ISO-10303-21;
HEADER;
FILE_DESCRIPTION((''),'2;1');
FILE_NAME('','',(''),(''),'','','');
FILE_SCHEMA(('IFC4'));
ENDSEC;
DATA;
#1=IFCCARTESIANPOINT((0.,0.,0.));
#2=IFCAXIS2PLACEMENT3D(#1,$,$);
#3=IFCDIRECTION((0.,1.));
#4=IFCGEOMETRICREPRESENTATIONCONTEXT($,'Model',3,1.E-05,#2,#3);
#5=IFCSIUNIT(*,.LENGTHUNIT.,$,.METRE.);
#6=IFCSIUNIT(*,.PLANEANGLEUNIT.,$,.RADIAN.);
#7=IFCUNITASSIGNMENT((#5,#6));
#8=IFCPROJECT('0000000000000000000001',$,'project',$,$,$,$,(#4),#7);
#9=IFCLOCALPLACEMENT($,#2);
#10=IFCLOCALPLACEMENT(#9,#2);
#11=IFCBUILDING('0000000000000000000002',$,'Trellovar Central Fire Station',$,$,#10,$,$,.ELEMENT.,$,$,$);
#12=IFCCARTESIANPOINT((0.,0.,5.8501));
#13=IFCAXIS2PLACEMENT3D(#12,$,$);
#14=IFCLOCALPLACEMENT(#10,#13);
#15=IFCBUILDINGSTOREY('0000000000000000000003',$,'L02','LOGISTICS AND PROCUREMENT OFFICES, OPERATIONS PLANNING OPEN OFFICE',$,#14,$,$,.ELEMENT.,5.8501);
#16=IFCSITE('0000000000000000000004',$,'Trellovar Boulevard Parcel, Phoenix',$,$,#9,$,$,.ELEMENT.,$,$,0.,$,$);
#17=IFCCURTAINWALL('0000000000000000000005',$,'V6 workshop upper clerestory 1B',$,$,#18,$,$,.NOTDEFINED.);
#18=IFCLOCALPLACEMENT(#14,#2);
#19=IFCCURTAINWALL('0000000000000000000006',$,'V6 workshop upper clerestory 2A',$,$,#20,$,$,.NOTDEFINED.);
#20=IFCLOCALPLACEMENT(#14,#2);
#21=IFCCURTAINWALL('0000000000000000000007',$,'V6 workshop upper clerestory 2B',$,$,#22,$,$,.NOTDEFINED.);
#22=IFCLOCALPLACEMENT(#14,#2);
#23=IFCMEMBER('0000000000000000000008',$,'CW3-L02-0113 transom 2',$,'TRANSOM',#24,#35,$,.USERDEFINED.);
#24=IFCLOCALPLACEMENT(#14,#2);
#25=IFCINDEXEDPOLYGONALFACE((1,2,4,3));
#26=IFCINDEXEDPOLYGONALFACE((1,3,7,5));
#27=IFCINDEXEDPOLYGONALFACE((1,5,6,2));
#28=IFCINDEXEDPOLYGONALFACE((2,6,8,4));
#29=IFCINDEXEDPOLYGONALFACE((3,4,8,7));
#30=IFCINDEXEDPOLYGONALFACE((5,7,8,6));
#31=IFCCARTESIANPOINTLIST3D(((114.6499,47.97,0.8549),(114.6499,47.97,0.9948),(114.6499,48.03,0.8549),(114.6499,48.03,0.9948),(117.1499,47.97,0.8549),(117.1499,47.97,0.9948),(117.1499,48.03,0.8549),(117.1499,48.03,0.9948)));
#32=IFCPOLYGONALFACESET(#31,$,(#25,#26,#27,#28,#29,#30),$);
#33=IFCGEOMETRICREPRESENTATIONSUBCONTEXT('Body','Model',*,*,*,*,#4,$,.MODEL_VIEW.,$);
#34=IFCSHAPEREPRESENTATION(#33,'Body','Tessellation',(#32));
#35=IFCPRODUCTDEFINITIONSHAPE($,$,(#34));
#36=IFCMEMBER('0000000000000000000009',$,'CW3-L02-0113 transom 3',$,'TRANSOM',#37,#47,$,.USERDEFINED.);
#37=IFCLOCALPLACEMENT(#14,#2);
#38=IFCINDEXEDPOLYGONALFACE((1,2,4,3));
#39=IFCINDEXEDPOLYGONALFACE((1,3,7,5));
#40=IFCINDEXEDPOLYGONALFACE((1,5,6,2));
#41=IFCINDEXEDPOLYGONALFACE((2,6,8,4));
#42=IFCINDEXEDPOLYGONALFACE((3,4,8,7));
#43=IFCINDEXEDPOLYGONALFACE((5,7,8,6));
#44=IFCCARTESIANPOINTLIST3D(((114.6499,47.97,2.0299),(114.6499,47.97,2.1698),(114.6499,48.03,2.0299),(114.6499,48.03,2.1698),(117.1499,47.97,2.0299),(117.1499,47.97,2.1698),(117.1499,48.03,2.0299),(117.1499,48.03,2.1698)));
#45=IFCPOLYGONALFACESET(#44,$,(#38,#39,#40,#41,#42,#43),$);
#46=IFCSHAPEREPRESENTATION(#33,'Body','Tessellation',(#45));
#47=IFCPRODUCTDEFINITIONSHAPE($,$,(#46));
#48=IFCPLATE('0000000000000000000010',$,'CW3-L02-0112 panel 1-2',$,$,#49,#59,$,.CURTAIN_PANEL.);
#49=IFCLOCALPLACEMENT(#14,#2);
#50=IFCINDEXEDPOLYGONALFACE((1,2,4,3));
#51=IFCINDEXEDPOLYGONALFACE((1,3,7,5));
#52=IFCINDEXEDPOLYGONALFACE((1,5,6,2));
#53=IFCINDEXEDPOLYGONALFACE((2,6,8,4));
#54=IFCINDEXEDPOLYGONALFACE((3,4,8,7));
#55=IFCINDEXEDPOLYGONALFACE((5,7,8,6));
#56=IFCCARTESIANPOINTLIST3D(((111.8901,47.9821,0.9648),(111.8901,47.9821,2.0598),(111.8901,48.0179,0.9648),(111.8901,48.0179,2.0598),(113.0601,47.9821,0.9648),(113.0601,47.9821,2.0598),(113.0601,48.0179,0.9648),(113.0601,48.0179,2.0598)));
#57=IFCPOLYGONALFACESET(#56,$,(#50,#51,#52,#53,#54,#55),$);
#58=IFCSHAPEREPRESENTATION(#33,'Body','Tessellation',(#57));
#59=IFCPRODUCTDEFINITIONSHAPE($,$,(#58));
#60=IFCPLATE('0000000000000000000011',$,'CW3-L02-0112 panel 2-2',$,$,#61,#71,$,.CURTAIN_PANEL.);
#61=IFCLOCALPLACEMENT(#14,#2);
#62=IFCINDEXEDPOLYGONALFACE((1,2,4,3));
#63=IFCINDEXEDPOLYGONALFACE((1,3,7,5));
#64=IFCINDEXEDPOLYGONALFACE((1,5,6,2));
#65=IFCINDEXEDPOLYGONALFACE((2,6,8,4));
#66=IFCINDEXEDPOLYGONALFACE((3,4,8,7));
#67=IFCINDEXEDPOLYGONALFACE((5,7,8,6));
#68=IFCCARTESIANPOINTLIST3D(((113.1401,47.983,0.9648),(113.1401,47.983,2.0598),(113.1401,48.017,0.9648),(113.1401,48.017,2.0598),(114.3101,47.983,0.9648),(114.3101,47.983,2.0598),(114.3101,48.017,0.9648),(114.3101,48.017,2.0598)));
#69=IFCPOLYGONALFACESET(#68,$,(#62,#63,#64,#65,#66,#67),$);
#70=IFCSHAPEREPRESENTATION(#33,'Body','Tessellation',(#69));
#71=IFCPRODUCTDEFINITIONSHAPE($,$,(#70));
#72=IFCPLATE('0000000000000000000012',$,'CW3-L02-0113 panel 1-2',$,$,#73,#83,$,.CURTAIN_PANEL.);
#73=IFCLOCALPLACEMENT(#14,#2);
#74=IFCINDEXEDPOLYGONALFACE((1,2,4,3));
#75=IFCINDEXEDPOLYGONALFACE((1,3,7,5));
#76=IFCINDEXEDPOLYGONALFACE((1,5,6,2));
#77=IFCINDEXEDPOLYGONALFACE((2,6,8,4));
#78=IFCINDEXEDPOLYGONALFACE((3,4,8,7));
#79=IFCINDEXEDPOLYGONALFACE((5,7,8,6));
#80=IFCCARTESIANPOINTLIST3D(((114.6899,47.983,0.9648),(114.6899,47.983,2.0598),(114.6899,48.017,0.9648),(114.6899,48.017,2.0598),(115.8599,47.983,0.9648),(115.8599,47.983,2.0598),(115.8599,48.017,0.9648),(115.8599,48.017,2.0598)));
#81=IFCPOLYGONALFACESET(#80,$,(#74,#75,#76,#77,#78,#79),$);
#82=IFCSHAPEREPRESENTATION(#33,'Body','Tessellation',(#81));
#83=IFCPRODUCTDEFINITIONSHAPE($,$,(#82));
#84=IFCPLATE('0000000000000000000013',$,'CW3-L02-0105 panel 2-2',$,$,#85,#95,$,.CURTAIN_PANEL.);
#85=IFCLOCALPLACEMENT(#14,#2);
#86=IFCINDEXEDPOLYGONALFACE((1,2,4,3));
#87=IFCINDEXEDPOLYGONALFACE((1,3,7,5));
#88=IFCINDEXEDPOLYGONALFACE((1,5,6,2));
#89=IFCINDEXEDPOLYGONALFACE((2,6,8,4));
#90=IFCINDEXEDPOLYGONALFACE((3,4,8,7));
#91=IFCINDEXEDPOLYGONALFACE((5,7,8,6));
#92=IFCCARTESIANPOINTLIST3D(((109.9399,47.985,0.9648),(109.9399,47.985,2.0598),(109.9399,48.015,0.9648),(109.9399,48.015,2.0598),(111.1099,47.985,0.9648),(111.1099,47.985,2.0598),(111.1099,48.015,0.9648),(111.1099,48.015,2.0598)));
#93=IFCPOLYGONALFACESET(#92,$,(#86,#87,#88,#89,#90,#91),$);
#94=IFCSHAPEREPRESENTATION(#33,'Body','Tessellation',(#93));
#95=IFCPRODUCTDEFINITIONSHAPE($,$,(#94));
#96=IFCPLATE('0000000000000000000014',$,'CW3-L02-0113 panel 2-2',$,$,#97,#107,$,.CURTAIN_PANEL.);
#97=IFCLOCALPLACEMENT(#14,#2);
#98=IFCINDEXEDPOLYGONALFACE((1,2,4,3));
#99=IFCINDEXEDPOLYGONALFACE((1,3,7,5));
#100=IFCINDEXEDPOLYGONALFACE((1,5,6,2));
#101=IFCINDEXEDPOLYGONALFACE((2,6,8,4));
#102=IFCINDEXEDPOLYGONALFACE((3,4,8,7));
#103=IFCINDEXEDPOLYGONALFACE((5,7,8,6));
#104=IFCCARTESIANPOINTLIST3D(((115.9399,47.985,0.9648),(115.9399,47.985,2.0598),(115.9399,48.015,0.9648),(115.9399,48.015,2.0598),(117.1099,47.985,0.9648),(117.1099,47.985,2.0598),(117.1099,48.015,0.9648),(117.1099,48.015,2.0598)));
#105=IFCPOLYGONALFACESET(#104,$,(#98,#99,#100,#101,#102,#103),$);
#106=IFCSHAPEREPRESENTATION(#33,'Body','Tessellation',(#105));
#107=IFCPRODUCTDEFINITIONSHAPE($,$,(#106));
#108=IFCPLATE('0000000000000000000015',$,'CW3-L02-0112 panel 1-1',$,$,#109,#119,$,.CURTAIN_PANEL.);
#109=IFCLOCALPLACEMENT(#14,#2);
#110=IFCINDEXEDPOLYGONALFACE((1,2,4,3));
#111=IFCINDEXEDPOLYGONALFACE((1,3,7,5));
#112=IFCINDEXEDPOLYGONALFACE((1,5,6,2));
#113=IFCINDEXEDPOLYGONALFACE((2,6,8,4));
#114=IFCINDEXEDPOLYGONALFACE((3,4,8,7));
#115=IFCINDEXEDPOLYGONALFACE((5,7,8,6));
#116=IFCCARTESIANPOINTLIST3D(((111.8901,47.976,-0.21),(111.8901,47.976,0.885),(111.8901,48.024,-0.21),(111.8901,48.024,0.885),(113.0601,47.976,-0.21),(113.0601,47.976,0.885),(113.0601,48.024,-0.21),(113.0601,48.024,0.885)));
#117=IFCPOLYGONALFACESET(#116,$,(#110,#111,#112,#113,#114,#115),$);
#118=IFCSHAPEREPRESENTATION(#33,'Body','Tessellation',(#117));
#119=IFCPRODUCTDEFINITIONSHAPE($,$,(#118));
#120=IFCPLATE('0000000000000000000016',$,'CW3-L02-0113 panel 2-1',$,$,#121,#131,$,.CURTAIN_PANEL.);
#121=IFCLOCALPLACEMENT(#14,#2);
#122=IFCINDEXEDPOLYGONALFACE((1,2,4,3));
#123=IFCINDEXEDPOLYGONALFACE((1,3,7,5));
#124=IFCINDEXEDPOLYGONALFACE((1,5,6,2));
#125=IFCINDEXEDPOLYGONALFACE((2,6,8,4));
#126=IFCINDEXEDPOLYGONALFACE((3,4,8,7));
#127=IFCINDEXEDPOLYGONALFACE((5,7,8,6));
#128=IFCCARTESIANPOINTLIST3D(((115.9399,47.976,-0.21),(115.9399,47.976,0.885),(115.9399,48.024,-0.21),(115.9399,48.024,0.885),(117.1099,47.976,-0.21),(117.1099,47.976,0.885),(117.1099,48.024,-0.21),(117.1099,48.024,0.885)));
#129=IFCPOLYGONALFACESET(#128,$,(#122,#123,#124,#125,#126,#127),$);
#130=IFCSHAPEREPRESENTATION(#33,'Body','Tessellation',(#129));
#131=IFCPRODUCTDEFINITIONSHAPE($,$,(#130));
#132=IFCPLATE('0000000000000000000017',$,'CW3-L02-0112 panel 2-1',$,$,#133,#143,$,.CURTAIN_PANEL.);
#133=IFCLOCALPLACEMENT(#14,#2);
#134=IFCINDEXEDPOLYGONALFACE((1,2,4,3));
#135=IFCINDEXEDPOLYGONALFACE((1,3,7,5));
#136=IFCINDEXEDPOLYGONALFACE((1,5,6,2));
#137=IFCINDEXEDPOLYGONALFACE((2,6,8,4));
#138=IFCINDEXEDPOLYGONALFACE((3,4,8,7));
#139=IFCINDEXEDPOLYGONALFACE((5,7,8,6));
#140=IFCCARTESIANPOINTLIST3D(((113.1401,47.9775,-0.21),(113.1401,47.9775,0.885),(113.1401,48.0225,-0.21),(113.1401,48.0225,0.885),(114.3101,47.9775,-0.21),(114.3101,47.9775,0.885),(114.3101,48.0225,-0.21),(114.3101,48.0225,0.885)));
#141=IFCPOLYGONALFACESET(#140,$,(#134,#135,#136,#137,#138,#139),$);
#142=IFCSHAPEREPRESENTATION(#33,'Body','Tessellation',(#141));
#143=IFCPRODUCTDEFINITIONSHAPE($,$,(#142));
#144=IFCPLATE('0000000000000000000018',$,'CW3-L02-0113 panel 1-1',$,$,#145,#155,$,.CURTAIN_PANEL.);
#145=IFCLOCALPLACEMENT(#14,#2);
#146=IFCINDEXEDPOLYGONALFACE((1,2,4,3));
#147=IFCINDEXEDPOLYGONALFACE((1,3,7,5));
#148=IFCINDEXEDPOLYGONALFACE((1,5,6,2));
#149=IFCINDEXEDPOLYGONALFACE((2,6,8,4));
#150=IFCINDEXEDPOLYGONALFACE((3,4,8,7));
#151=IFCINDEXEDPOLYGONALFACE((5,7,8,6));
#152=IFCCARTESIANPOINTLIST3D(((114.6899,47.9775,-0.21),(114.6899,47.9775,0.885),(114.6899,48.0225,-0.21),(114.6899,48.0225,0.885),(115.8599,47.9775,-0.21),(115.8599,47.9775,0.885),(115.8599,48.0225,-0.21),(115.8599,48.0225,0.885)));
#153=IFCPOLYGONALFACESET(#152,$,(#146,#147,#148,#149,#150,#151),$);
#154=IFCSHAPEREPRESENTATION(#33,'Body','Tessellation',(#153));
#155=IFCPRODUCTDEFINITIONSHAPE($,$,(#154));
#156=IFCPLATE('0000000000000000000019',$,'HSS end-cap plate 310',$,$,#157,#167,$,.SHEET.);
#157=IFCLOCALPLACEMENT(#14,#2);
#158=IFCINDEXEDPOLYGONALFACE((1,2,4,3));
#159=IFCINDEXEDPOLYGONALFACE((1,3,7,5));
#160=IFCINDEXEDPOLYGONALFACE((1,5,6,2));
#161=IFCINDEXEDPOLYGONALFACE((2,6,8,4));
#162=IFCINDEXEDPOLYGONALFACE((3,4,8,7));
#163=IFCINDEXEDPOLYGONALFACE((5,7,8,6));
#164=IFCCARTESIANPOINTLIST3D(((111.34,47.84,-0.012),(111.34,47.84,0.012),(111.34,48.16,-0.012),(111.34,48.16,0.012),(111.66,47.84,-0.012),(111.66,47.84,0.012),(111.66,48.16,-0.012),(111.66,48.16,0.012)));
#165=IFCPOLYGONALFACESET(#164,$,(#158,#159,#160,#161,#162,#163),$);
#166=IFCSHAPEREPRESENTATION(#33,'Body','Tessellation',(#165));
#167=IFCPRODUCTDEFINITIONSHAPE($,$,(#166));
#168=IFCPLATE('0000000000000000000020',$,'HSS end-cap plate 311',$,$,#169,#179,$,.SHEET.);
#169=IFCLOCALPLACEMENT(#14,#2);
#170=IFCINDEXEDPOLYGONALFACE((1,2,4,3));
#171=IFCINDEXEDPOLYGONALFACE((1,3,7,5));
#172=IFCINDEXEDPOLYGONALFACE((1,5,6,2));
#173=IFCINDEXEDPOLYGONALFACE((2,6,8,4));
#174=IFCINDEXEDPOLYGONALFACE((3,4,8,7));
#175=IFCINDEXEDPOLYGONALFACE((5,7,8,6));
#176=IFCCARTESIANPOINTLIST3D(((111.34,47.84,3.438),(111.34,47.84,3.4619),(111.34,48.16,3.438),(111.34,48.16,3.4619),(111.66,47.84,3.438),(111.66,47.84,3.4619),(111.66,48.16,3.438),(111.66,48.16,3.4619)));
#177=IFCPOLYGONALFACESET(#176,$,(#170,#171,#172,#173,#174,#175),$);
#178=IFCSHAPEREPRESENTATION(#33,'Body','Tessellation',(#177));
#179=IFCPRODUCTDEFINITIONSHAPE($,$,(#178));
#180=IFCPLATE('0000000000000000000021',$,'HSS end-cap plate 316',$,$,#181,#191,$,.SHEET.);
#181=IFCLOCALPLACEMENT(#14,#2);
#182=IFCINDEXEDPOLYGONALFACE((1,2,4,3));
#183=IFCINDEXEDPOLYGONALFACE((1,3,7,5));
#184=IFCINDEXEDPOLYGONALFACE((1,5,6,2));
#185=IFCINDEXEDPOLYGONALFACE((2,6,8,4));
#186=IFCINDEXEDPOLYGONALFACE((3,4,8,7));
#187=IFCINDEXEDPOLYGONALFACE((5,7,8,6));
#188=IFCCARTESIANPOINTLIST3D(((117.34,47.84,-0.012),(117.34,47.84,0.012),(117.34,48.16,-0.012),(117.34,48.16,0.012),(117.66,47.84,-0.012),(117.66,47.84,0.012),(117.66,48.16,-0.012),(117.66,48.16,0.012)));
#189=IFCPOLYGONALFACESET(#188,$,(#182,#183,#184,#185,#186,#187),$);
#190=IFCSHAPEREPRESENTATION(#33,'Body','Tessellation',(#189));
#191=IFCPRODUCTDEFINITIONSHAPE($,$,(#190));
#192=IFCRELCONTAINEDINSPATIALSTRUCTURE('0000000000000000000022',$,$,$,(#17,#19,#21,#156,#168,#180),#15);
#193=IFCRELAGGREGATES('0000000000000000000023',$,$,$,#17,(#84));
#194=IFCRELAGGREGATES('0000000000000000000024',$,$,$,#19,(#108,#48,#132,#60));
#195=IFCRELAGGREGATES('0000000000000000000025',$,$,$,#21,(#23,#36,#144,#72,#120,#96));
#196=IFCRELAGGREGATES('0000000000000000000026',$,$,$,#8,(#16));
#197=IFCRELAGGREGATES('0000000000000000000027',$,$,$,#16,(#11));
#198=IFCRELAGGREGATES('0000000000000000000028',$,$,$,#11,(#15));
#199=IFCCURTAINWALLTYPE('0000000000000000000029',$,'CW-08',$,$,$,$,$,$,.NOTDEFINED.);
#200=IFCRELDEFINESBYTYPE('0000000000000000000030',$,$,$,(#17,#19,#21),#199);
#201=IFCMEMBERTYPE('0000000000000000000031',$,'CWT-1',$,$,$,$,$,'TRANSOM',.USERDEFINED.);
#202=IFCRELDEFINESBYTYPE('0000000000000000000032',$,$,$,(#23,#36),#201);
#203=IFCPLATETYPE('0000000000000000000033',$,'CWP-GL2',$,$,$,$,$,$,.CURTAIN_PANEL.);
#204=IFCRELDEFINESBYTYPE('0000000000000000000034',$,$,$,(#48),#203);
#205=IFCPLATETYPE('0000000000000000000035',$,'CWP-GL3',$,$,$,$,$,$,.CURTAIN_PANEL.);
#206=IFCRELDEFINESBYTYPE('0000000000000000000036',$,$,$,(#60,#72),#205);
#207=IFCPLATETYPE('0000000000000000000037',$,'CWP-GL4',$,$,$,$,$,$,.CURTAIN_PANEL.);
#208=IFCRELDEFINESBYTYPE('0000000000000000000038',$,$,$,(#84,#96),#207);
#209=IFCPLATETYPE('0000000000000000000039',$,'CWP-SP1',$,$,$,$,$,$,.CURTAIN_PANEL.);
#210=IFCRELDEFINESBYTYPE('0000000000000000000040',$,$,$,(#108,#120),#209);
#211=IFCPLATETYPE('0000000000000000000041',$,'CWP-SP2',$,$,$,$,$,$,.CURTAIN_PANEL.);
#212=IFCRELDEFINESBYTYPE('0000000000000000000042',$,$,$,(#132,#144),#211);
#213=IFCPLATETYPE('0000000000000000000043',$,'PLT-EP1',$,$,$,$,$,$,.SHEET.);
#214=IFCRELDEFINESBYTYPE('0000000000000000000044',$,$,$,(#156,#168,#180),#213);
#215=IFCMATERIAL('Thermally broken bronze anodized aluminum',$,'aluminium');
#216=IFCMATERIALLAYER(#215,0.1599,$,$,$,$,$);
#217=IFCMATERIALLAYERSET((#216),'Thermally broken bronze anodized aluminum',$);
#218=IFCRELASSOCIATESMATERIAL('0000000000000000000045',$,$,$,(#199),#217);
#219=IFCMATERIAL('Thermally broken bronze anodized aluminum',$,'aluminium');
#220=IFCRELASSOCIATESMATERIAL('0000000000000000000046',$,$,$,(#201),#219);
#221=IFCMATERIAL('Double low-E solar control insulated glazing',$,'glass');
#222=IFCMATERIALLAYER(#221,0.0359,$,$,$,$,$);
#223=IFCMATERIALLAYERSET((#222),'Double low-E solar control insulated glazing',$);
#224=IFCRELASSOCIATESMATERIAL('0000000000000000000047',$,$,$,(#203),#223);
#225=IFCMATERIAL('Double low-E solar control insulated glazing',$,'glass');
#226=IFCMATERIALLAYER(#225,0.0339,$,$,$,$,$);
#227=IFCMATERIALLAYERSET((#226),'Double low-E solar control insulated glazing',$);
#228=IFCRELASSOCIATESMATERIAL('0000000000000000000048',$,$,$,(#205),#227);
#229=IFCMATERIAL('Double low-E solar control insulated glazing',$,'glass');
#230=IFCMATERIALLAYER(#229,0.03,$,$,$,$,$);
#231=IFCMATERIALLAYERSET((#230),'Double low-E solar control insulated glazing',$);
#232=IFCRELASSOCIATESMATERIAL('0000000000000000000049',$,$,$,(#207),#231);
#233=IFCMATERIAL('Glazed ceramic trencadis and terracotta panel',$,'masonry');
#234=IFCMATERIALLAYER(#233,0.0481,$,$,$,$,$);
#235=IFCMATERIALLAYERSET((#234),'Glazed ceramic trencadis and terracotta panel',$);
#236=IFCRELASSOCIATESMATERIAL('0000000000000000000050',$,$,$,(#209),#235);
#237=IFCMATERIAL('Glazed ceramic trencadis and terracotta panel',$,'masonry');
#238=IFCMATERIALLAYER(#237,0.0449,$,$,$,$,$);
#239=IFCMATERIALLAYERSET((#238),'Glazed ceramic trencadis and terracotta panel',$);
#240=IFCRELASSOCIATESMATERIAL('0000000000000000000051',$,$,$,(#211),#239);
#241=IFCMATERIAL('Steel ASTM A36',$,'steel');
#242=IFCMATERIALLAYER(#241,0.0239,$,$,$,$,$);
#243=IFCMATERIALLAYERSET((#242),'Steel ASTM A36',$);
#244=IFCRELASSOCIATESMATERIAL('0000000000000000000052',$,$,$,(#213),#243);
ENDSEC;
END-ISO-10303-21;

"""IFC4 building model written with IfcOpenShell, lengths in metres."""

from ifc_helpers import new_model, si_unit, direction, frame, origin, origin_2d, place, context, subcontext, project, spatial, rectangle, extrude, material, layer, layer_set, material_profile, profile_set, type_object, element, aggregate, save


model = new_model("IFC4")

# Units and contexts
model_context = context("Model", 3, precision=1e-05, world=origin(), true_north=direction((0.0, 1.0)))
body_context = subcontext(model_context, "Body", "Model", "MODEL_VIEW")
ifc_project = project(units=[si_unit("LENGTHUNIT", "METRE"), si_unit("PLANEANGLEUNIT", "RADIAN")], contexts=[model_context])

# Site, building, storey
site_placement = place(None, origin())
site = spatial("IfcSite", under=ifc_project, at=site_placement, Name="Trellovar Boulevard Parcel, Phoenix", CompositionType="ELEMENT", RefElevation=0.0)
building_placement = place(site_placement, origin())
building = spatial("IfcBuilding", under=site, at=building_placement, Name="Trellovar Central Fire Station", CompositionType="ELEMENT")
storey_placement = place(building_placement, frame((0.0, 0.0, 5.8501)))
storey = spatial("IfcBuildingStorey", under=building, at=storey_placement, Name="L02", Description="LOGISTICS AND PROCUREMENT OFFICES, OPERATIONS PLANNING OPEN OFFICE", CompositionType="ELEMENT", Elevation=5.8501)

# Curtain wall
ifc_material_1 = material(Name="Thermally broken bronze anodized aluminum", Category="aluminium")
ifc_layer_1 = layer(ifc_material_1, 0.1599)
ifc_layer_set_1 = layer_set([ifc_layer_1], Name="Thermally broken bronze anodized aluminum")
curtain_wall_type = type_object("IfcCurtainWallType", Name="CW-08", PredefinedType="NOTDEFINED", material=ifc_layer_set_1)
curtain_wall_1_placement = place(storey_placement, origin())
curtain_wall_1 = element("IfcCurtainWall", 1, at=curtain_wall_1_placement, inside=storey, type_object=curtain_wall_type, Name="V6 workshop upper clerestory 1B", PredefinedType="NOTDEFINED")

# Curtain walls
curtain_wall_2_placement = place(storey_placement, origin())
curtain_wall_2 = element("IfcCurtainWall", 2, at=curtain_wall_2_placement, inside=storey, type_object=curtain_wall_type, Name="V6 workshop upper clerestory 2A", PredefinedType="NOTDEFINED")
curtain_wall_3_placement = place(storey_placement, origin())
curtain_wall_3 = element("IfcCurtainWall", 3, at=curtain_wall_3_placement, inside=storey, type_object=curtain_wall_type, Name="V6 workshop upper clerestory 2B", PredefinedType="NOTDEFINED")

# Members
ifc_material_2 = material(Name="Thermally broken bronze anodized aluminum", Category="aluminium")
ifc_material_profile_1 = material_profile(ifc_material_2, rectangle(XDim=0.0601, YDim=0.1399, at=origin_2d()), Name="ALU60X140")
ifc_profile_set_1 = profile_set([ifc_material_profile_1], Name="Thermally broken bronze anodized aluminum")
member_type_1 = type_object("IfcMemberType", Name="CWT-1", ElementType="TRANSOM", PredefinedType="USERDEFINED", material=ifc_profile_set_1)
member_1_placement = place(storey_placement, frame((114.6499, 48.0, 0.9248), z_axis=(1.0, 0.0, 0.0), x_axis=(0.0, 1.0, 0.0)))
member_1 = element("IfcMember", 4, at=member_1_placement, type_object=member_type_1, Name="CW3-L02-0113 transom 2", ObjectType="TRANSOM", PredefinedType="USERDEFINED", context=body_context, shape_type="SweptSolid", body=[
    extrude(rectangle(XDim=0.0601, YDim=0.1399, at=origin_2d()), origin(), (0.0, 0.0, 1.0), 2.5),
])
member_2_placement = place(storey_placement, frame((114.6499, 48.0, 2.0999), z_axis=(1.0, 0.0, 0.0), x_axis=(0.0, 1.0, 0.0)))
member_2 = element("IfcMember", 5, at=member_2_placement, type_object=member_type_1, Name="CW3-L02-0113 transom 3", ObjectType="TRANSOM", PredefinedType="USERDEFINED", context=body_context, shape_type="SweptSolid", body=[
    extrude(rectangle(XDim=0.0601, YDim=0.1399, at=origin_2d()), origin(), (0.0, 0.0, 1.0), 2.5),
])

# Plates
ifc_material_3 = material(Name="Double low-E solar control insulated glazing", Category="glass")
ifc_layer_2 = layer(ifc_material_3, 0.0359)
ifc_layer_set_2 = layer_set([ifc_layer_2], Name="Double low-E solar control insulated glazing")
plate_type_1 = type_object("IfcPlateType", Name="CWP-GL2", PredefinedType="CURTAIN_PANEL", material=ifc_layer_set_2)
plate_1_placement = place(storey_placement, frame((112.4751, 48.0, 0.9648), z_axis=(0.0, 0.0, 1.0), x_axis=(1.0, 0.0, 0.0)))
plate_1 = element("IfcPlate", 6, at=plate_1_placement, type_object=plate_type_1, Name="CW3-L02-0112 panel 1-2", PredefinedType="CURTAIN_PANEL", context=body_context, shape_type="SweptSolid", body=[
    extrude(rectangle(XDim=1.1699, YDim=0.0359, at=origin_2d()), origin(), (0.0, 0.0, 1.0), 1.095),
])
ifc_material_4 = material(Name="Double low-E solar control insulated glazing", Category="glass")
ifc_layer_3 = layer(ifc_material_4, 0.0339)
ifc_layer_set_3 = layer_set([ifc_layer_3], Name="Double low-E solar control insulated glazing")
plate_type_2 = type_object("IfcPlateType", Name="CWP-GL3", PredefinedType="CURTAIN_PANEL", material=ifc_layer_set_3)
plate_2_placement = place(storey_placement, frame((113.7251, 48.0, 0.9648), z_axis=(0.0, 0.0, 1.0), x_axis=(1.0, 0.0, 0.0)))
plate_2 = element("IfcPlate", 7, at=plate_2_placement, type_object=plate_type_2, Name="CW3-L02-0112 panel 2-2", PredefinedType="CURTAIN_PANEL", context=body_context, shape_type="SweptSolid", body=[
    extrude(rectangle(XDim=1.1699, YDim=0.0339, at=origin_2d()), origin(), (0.0, 0.0, 1.0), 1.095),
])
plate_3_placement = place(storey_placement, frame((115.2749, 48.0, 0.9648), z_axis=(0.0, 0.0, 1.0), x_axis=(1.0, 0.0, 0.0)))
plate_3 = element("IfcPlate", 8, at=plate_3_placement, type_object=plate_type_2, Name="CW3-L02-0113 panel 1-2", PredefinedType="CURTAIN_PANEL", context=body_context, shape_type="SweptSolid", body=[
    extrude(rectangle(XDim=1.1699, YDim=0.0339, at=origin_2d()), origin(), (0.0, 0.0, 1.0), 1.095),
])
ifc_material_5 = material(Name="Double low-E solar control insulated glazing", Category="glass")
ifc_layer_4 = layer(ifc_material_5, 0.03)
ifc_layer_set_4 = layer_set([ifc_layer_4], Name="Double low-E solar control insulated glazing")
plate_type_3 = type_object("IfcPlateType", Name="CWP-GL4", PredefinedType="CURTAIN_PANEL", material=ifc_layer_set_4)
plate_4_placement = place(storey_placement, frame((110.5249, 48.0, 0.9648), z_axis=(0.0, 0.0, 1.0), x_axis=(1.0, 0.0, 0.0)))
plate_4 = element("IfcPlate", 9, at=plate_4_placement, type_object=plate_type_3, Name="CW3-L02-0105 panel 2-2", PredefinedType="CURTAIN_PANEL", context=body_context, shape_type="SweptSolid", body=[
    extrude(rectangle(XDim=1.1699, YDim=0.03, at=origin_2d()), origin(), (0.0, 0.0, 1.0), 1.095),
])
aggregate(curtain_wall_1, [plate_4])
plate_5_placement = place(storey_placement, frame((116.5249, 48.0, 0.9648), z_axis=(0.0, 0.0, 1.0), x_axis=(1.0, 0.0, 0.0)))
plate_5 = element("IfcPlate", 10, at=plate_5_placement, type_object=plate_type_3, Name="CW3-L02-0113 panel 2-2", PredefinedType="CURTAIN_PANEL", context=body_context, shape_type="SweptSolid", body=[
    extrude(rectangle(XDim=1.1699, YDim=0.03, at=origin_2d()), origin(), (0.0, 0.0, 1.0), 1.095),
])
ifc_material_6 = material(Name="Glazed ceramic trencadis and terracotta panel", Category="masonry")
ifc_layer_5 = layer(ifc_material_6, 0.0481)
ifc_layer_set_5 = layer_set([ifc_layer_5], Name="Glazed ceramic trencadis and terracotta panel")
plate_type_4 = type_object("IfcPlateType", Name="CWP-SP1", PredefinedType="CURTAIN_PANEL", material=ifc_layer_set_5)
plate_6_placement = place(storey_placement, frame((112.4751, 48.0, -0.21), z_axis=(0.0, 0.0, 1.0), x_axis=(1.0, 0.0, 0.0)))
plate_6 = element("IfcPlate", 11, at=plate_6_placement, type_object=plate_type_4, Name="CW3-L02-0112 panel 1-1", PredefinedType="CURTAIN_PANEL", context=body_context, shape_type="SweptSolid", body=[
    extrude(rectangle(XDim=1.1699, YDim=0.0481, at=origin_2d()), origin(), (0.0, 0.0, 1.0), 1.095),
])
plate_7_placement = place(storey_placement, frame((116.5249, 48.0, -0.21), z_axis=(0.0, 0.0, 1.0), x_axis=(1.0, 0.0, 0.0)))
plate_7 = element("IfcPlate", 12, at=plate_7_placement, type_object=plate_type_4, Name="CW3-L02-0113 panel 2-1", PredefinedType="CURTAIN_PANEL", context=body_context, shape_type="SweptSolid", body=[
    extrude(rectangle(XDim=1.1699, YDim=0.0481, at=origin_2d()), origin(), (0.0, 0.0, 1.0), 1.095),
])
ifc_material_7 = material(Name="Glazed ceramic trencadis and terracotta panel", Category="masonry")
ifc_layer_6 = layer(ifc_material_7, 0.0449)
ifc_layer_set_6 = layer_set([ifc_layer_6], Name="Glazed ceramic trencadis and terracotta panel")
plate_type_5 = type_object("IfcPlateType", Name="CWP-SP2", PredefinedType="CURTAIN_PANEL", material=ifc_layer_set_6)
plate_8_placement = place(storey_placement, frame((113.7251, 48.0, -0.21), z_axis=(0.0, 0.0, 1.0), x_axis=(1.0, 0.0, 0.0)))
plate_8 = element("IfcPlate", 13, at=plate_8_placement, type_object=plate_type_5, Name="CW3-L02-0112 panel 2-1", PredefinedType="CURTAIN_PANEL", context=body_context, shape_type="SweptSolid", body=[
    extrude(rectangle(XDim=1.1699, YDim=0.0449, at=origin_2d()), origin(), (0.0, 0.0, 1.0), 1.095),
])
aggregate(curtain_wall_2, [plate_6, plate_1, plate_8, plate_2])
plate_9_placement = place(storey_placement, frame((115.2749, 48.0, -0.21), z_axis=(0.0, 0.0, 1.0), x_axis=(1.0, 0.0, 0.0)))
plate_9 = element("IfcPlate", 14, at=plate_9_placement, type_object=plate_type_5, Name="CW3-L02-0113 panel 1-1", PredefinedType="CURTAIN_PANEL", context=body_context, shape_type="SweptSolid", body=[
    extrude(rectangle(XDim=1.1699, YDim=0.0449, at=origin_2d()), origin(), (0.0, 0.0, 1.0), 1.095),
])
aggregate(curtain_wall_3, [member_1, member_2, plate_9, plate_3, plate_7, plate_5])

# Plates
ifc_material_8 = material(Name="Steel ASTM A36", Category="steel")
ifc_layer_7 = layer(ifc_material_8, 0.0239)
ifc_layer_set_7 = layer_set([ifc_layer_7], Name="Steel ASTM A36")
plate_type_6 = type_object("IfcPlateType", Name="PLT-EP1", PredefinedType="SHEET", material=ifc_layer_set_7)
for number, where, z_axis, x_axis, name in (
    (15, (111.5, 48.0, -0.012), (0.0, 0.0, 1.0), (1.0, 0.0, 0.0), "HSS end-cap plate 310"),
    (16, (111.5, 48.0, 3.438), (0.0, 0.0, 1.0), (1.0, 0.0, 0.0), "HSS end-cap plate 311"),
    (17, (117.5, 48.0, -0.012), (0.0, 0.0, 1.0), (1.0, 0.0, 0.0), "HSS end-cap plate 316"),
):
    element("IfcPlate", number, at=place(storey_placement, frame(where, z_axis=z_axis, x_axis=x_axis)), inside=storey, type_object=plate_type_6, Name=name, PredefinedType="SHEET", context=body_context, shape_type="SweptSolid", body=[
        extrude(rectangle(XDim=0.3201, YDim=0.3201, at=origin_2d()), origin(), (0.0, 0.0, 1.0), 0.0239),
    ])

save(model, "model.ifc")
